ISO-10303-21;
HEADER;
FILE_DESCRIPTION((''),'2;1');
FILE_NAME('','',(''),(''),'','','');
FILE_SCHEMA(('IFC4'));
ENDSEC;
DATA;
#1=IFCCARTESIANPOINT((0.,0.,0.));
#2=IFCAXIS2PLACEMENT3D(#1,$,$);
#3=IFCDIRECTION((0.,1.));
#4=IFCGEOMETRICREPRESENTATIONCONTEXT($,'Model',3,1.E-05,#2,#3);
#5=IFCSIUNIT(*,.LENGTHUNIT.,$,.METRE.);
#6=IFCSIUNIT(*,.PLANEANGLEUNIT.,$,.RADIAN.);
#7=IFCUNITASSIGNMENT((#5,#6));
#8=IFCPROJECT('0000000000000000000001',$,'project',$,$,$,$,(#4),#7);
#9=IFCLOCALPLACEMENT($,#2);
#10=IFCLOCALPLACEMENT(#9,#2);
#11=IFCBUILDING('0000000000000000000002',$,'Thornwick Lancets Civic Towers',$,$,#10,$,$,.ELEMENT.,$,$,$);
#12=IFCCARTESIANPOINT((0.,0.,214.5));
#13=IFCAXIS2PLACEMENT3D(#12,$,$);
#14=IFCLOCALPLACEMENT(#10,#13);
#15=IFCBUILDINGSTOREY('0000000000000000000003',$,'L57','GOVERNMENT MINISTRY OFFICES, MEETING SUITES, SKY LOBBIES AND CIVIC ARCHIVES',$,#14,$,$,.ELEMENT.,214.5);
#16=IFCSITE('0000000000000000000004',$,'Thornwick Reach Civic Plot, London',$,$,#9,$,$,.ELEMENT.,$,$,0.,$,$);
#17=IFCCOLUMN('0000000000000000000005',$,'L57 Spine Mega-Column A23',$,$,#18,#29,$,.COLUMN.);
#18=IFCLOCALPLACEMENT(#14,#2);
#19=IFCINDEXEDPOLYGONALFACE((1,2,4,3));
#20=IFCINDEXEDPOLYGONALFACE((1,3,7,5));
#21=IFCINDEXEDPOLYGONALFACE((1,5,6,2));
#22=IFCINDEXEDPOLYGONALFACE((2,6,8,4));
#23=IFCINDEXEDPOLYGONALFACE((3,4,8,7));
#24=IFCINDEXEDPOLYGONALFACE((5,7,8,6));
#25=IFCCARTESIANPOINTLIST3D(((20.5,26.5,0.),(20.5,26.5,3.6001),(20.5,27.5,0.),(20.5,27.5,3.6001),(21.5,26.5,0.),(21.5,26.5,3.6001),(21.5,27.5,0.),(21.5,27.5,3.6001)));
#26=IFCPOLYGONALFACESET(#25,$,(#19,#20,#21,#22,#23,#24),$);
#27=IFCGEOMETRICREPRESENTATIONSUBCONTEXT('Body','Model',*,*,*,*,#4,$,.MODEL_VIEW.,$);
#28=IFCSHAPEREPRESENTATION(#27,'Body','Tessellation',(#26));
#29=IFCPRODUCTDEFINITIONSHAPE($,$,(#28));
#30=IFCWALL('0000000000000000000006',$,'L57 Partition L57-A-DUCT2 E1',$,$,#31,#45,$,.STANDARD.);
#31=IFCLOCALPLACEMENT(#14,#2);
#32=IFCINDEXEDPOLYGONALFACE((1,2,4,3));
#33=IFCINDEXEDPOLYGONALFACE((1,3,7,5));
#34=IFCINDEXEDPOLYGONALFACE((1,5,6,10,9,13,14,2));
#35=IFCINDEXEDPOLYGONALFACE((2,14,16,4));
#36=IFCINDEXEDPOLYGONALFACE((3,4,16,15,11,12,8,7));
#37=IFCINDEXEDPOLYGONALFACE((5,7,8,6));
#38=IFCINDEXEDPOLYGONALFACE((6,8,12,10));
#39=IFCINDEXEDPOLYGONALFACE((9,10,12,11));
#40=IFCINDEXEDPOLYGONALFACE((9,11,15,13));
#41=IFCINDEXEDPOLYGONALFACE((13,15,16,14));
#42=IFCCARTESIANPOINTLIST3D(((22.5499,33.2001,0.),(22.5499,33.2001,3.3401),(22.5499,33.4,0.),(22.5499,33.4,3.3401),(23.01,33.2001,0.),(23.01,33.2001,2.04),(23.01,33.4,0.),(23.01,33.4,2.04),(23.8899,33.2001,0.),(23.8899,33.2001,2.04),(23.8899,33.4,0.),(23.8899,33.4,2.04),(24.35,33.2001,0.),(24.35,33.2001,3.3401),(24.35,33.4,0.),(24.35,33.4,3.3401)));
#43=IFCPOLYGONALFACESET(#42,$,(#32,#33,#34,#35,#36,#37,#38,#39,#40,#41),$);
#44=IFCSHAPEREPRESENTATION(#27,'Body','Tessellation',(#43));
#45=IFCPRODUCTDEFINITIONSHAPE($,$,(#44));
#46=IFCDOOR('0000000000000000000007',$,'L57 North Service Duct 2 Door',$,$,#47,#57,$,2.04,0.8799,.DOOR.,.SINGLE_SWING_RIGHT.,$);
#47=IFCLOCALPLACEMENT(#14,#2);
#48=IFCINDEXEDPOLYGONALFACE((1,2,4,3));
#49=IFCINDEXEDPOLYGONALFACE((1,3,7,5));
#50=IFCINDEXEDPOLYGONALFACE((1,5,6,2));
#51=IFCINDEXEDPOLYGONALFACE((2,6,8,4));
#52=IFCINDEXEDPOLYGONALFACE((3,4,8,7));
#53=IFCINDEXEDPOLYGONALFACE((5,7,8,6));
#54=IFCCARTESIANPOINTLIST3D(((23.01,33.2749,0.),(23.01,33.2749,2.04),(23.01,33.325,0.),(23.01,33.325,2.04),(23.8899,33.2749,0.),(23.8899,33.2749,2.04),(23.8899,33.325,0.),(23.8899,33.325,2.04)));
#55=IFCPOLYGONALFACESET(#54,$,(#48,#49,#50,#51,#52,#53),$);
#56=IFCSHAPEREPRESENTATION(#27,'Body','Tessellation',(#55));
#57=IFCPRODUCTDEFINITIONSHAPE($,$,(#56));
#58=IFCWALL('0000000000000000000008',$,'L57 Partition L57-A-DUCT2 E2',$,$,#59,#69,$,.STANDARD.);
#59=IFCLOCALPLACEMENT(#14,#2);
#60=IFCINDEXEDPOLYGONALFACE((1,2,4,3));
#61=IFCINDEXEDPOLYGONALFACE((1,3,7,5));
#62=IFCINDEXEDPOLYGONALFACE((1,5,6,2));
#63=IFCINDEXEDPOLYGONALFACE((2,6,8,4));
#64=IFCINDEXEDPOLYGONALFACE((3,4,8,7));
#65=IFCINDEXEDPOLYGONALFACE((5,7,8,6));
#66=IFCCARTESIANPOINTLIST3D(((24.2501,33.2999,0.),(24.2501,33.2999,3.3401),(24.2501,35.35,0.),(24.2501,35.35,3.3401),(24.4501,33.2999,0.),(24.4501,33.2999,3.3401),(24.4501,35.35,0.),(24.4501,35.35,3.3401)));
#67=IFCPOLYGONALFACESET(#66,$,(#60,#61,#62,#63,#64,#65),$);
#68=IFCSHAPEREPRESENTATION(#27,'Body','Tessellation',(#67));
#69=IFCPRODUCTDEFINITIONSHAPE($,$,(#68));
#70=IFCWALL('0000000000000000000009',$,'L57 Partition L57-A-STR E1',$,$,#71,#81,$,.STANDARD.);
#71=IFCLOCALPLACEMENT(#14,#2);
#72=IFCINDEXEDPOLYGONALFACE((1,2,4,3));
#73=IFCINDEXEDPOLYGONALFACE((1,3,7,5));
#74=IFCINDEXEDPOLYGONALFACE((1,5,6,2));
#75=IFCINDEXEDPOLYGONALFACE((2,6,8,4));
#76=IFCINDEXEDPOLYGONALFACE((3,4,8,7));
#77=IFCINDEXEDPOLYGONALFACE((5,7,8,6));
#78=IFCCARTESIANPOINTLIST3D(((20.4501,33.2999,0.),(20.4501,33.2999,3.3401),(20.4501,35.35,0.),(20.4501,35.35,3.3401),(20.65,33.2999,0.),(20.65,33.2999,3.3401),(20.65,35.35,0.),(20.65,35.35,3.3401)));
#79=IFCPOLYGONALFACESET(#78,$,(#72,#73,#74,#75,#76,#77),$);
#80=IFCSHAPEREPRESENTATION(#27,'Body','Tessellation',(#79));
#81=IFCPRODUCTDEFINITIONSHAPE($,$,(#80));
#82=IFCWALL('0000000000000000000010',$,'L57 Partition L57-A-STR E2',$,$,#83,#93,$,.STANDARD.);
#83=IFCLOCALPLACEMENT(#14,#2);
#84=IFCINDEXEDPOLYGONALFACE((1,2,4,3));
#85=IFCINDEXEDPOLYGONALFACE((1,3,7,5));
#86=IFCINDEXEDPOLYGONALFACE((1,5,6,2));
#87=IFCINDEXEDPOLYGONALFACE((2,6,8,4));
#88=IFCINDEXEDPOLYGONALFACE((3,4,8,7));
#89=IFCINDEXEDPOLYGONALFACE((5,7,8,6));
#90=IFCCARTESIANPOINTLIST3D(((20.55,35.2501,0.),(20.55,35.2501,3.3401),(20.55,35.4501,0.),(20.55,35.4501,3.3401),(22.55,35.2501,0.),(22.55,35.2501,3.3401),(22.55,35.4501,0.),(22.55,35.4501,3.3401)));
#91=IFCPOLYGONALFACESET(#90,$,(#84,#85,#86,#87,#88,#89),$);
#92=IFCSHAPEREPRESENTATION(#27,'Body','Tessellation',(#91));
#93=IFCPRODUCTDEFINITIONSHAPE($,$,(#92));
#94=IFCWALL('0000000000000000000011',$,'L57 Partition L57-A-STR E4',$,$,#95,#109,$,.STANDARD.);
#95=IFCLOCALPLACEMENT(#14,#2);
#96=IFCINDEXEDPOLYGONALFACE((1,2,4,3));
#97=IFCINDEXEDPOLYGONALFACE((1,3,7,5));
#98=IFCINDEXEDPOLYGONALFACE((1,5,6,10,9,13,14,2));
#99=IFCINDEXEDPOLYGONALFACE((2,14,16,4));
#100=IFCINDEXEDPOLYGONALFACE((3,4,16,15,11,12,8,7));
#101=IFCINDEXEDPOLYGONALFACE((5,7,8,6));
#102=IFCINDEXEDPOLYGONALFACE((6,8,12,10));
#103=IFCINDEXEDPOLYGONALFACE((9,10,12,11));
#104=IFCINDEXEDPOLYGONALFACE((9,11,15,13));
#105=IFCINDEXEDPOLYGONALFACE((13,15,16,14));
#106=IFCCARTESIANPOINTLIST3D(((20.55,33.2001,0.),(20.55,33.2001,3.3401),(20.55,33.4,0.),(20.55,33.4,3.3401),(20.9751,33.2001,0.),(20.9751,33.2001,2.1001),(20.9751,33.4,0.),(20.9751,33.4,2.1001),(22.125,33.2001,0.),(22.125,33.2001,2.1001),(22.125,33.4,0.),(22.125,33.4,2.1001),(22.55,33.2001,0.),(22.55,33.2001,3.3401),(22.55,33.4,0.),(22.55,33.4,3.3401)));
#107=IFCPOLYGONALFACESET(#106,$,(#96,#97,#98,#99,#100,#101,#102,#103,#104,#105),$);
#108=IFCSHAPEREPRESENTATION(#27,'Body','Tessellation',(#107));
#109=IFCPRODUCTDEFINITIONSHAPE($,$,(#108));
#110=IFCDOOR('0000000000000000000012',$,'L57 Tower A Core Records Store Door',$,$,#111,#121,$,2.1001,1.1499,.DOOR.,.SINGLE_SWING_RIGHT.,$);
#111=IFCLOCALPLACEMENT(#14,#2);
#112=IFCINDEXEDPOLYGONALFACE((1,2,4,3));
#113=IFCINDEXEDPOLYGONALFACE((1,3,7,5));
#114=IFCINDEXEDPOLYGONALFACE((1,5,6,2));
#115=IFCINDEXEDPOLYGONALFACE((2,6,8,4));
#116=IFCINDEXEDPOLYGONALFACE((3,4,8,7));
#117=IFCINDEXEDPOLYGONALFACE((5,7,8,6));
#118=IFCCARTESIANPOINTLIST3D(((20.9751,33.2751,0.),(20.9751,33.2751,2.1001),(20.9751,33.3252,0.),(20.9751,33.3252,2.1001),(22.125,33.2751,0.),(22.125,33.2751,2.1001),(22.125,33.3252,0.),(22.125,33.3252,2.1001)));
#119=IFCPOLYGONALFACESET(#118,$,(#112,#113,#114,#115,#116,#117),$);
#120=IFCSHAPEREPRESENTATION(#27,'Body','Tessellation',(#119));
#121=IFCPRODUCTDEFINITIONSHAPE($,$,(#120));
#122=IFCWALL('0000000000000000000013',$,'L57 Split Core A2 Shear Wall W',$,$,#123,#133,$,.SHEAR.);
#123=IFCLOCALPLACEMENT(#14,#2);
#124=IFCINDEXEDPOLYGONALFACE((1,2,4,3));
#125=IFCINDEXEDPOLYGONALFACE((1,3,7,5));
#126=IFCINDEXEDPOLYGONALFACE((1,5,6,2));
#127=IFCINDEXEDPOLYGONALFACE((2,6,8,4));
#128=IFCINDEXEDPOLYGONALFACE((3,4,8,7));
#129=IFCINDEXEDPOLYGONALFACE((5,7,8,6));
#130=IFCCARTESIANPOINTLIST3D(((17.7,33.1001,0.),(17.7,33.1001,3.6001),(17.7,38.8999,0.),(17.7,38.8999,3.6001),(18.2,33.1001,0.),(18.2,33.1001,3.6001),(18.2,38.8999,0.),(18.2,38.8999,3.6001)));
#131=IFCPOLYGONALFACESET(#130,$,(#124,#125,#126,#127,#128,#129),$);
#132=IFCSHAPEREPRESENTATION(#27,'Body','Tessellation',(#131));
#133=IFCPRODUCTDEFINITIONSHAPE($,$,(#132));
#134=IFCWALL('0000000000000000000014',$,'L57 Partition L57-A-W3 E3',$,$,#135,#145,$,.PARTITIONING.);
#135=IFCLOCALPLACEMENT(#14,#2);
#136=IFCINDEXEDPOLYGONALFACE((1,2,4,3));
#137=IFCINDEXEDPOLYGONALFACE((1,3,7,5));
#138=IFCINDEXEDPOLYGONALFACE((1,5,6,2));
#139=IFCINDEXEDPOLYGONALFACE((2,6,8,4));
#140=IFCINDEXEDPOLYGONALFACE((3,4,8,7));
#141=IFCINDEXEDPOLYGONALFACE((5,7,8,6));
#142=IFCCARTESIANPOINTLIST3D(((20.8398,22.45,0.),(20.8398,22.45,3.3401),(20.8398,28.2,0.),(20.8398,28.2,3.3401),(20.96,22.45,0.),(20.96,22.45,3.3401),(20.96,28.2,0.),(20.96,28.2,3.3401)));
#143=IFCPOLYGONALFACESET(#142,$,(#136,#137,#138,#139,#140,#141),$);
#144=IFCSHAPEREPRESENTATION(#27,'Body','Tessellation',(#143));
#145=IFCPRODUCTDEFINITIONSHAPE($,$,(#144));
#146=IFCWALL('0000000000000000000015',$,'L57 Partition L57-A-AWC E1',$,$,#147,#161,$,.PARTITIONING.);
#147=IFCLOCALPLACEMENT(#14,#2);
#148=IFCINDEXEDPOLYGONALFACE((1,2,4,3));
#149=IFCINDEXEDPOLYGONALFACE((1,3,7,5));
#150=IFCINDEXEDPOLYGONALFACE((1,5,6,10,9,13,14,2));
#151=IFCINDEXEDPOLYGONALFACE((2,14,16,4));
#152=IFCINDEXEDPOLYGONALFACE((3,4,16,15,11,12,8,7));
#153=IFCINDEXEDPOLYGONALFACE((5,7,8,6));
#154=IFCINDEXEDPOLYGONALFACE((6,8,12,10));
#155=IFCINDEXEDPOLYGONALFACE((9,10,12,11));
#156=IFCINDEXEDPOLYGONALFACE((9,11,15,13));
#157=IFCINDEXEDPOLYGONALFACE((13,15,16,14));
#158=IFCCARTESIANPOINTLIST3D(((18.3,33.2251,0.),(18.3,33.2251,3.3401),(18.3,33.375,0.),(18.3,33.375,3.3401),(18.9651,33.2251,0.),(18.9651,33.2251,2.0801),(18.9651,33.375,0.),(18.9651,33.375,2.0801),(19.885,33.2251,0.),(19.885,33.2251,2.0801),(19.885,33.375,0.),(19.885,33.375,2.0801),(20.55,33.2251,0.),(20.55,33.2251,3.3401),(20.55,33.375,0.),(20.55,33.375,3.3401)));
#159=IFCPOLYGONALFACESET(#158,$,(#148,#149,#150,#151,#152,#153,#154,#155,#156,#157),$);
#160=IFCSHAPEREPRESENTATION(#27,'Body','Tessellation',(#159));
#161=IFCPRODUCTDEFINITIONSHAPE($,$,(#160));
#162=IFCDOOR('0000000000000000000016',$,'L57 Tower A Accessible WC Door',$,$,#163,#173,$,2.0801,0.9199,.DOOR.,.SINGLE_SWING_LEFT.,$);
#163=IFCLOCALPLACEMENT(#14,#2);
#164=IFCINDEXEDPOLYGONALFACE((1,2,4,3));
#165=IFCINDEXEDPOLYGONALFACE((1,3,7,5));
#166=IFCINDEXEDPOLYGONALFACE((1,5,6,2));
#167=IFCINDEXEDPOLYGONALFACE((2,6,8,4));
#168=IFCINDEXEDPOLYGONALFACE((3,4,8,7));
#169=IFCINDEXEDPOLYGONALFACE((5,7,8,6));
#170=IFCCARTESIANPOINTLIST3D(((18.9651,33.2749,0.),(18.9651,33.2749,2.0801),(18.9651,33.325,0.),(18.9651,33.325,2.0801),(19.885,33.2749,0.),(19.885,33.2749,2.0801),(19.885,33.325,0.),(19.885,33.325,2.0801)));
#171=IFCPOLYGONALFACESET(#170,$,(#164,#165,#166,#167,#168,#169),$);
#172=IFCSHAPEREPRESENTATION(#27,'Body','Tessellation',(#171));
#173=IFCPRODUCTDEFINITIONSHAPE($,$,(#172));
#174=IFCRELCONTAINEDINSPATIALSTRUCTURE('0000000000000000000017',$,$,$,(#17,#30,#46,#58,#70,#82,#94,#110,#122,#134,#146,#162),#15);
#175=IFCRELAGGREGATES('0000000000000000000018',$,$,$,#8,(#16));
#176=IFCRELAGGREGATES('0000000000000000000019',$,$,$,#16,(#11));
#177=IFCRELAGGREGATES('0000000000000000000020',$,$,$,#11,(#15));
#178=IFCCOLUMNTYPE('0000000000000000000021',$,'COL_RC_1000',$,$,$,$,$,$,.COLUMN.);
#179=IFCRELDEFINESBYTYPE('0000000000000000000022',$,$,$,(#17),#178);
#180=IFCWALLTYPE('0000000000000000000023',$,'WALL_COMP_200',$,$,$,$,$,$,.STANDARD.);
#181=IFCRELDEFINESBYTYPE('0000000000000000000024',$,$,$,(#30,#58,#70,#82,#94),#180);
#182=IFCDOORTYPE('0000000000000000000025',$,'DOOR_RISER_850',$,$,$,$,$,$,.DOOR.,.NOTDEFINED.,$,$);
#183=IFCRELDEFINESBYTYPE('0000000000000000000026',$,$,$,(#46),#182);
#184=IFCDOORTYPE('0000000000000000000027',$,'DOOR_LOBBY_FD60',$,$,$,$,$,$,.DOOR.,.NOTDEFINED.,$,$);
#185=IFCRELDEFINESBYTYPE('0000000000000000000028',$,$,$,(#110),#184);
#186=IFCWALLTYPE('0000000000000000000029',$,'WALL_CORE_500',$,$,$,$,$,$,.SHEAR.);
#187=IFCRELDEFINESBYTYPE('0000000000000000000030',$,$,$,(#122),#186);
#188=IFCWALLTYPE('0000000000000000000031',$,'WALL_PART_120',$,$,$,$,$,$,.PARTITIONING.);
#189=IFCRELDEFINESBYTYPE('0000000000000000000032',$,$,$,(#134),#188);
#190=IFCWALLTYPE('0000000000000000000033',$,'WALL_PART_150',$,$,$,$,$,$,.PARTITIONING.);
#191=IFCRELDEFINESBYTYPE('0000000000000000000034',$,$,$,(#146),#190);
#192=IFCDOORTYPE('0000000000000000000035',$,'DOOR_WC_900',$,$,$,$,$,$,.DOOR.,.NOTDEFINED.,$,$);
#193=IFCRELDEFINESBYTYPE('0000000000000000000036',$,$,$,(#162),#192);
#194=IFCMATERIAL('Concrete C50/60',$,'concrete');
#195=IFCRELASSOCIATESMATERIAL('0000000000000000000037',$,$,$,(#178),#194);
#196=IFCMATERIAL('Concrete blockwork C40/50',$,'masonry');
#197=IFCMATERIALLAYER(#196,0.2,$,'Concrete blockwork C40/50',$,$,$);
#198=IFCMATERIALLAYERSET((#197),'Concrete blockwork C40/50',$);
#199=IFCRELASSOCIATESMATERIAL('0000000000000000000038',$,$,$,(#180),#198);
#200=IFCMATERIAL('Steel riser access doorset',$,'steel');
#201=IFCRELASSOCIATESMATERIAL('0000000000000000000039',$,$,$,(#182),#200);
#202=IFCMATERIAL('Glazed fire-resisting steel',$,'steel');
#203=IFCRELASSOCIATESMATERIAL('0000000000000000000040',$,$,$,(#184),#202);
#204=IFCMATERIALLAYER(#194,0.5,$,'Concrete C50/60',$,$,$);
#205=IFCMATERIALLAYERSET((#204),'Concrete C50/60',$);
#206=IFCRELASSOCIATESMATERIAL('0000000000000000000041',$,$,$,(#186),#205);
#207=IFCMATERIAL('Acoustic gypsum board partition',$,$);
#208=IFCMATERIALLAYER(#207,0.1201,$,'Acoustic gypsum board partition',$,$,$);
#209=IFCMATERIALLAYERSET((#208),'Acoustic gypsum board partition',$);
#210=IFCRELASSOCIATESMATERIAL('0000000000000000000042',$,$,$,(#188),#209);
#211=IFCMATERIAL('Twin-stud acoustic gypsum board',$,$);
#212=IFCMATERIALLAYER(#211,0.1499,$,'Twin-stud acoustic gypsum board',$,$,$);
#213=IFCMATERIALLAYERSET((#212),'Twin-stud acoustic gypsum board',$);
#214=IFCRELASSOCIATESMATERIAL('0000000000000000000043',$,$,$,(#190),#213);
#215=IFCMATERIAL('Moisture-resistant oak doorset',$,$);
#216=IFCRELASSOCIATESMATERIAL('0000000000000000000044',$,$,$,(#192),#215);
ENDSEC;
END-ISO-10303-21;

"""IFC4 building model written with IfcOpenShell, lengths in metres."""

from ifc_helpers import new_model, si_unit, direction, frame, frame_2d, origin, origin_2d, place, context, subcontext, project, spatial, rectangle, extrude, material, layer, layer_set, material_profile, profile_set, type_object, element, fill, save


model = new_model("IFC4")

# Units and contexts
model_context = context("Model", 3, precision=1e-05, world=origin(), true_north=direction((0.0, 1.0)))
body_context = subcontext(model_context, "Body", "Model", "MODEL_VIEW")
ifc_project = project(units=[si_unit("LENGTHUNIT", "METRE"), si_unit("PLANEANGLEUNIT", "RADIAN")], contexts=[model_context])

# Site, building, storey
site_placement = place(None, origin())
site = spatial("IfcSite", under=ifc_project, at=site_placement, Name="Thornwick Reach Civic Plot, London", CompositionType="ELEMENT", RefElevation=0.0)
building_placement = place(site_placement, origin())
building = spatial("IfcBuilding", under=site, at=building_placement, Name="Thornwick Lancets Civic Towers", CompositionType="ELEMENT")
storey_placement = place(building_placement, frame((0.0, 0.0, 214.5)))
storey = spatial("IfcBuildingStorey", under=building, at=storey_placement, Name="L57", Description="GOVERNMENT MINISTRY OFFICES, MEETING SUITES, SKY LOBBIES AND CIVIC ARCHIVES", CompositionType="ELEMENT", Elevation=214.5)

# Column
ifc_material_1 = material(Name="Concrete C50/60", Category="concrete")
ifc_material_profile = material_profile(ifc_material_1, rectangle(XDim=1.0, YDim=1.0, at=origin_2d()), Name="RC 1000x1000")
ifc_profile_set = profile_set([ifc_material_profile], Name="Concrete C50/60")
column_type = type_object("IfcColumnType", Name="COL_RC_1000", PredefinedType="COLUMN", material=ifc_profile_set)
column_placement = place(storey_placement, frame((21.0, 27.0, 0.0), z_axis=(0.0, 0.0, 1.0), x_axis=(1.0, 0.0, 0.0)))
element("IfcColumn", 1, at=column_placement, inside=storey, type_object=column_type, Name="L57 Spine Mega-Column A23", PredefinedType="COLUMN", context=body_context, shape_type="SweptSolid", body=[
    extrude(rectangle(XDim=1.0, YDim=1.0, at=origin_2d()), origin(), (0.0, 0.0, 1.0), 3.6001),
])

# Wall, opening, door
ifc_material_2 = material(Name="Concrete blockwork C40/50", Category="masonry")
ifc_layer_1 = layer(ifc_material_2, 0.2, Name="Concrete blockwork C40/50")
ifc_layer_set_1 = layer_set([ifc_layer_1], Name="Concrete blockwork C40/50")
wall_type_1 = type_object("IfcWallType", Name="WALL_COMP_200", PredefinedType="STANDARD", material=ifc_layer_set_1)
wall_1_placement = place(storey_placement, frame((22.55, 33.3, 0.0), z_axis=(0.0, 0.0, 1.0), x_axis=(1.0, 0.0, 0.0)))
wall_1 = element("IfcWall", 2, at=wall_1_placement, inside=storey, type_object=wall_type_1, Name="L57 Partition L57-A-DUCT2 E1", PredefinedType="STANDARD", context=body_context, shape_type="SweptSolid", body=[
    extrude(rectangle(XDim=1.8, YDim=0.2, at=frame_2d((0.8999, 0.0))), origin(), (0.0, 0.0, 1.0), 3.3401),
])
opening_1_placement = place(wall_1_placement, frame((0.46, 0.0, 0.0)))
opening_1 = element("IfcOpeningElement", 3, at=opening_1_placement, cuts=wall_1, PredefinedType="OPENING", context=body_context, shape_type="SweptSolid", body=[
    extrude(rectangle(XDim=0.8799, YDim=2.04, at=frame_2d((0.4399, 1.02))), frame((0.0, 0.1099, 0.0), z_axis=(0.0, -1.0, 0.0), x_axis=(1.0, 0.0, 0.0)), (0.0, 0.0, 1.0), 0.22),
])
ifc_material_3 = material(Name="Steel riser access doorset", Category="steel")
door_type_1 = type_object("IfcDoorType", Name="DOOR_RISER_850", OperationType="NOTDEFINED", PredefinedType="DOOR", material=ifc_material_3)
door_1_placement = place(opening_1_placement, origin())
door_1 = element("IfcDoor", 4, at=door_1_placement, inside=storey, type_object=door_type_1, Name="L57 North Service Duct 2 Door", OperationType="SINGLE_SWING_RIGHT", OverallHeight=2.04, OverallWidth=0.8799, PredefinedType="DOOR", context=body_context, shape_type="SweptSolid", body=[
    extrude(rectangle(XDim=0.8799, YDim=2.04, at=frame_2d((0.4399, 1.02))), frame((0.0, 0.0249, 0.0), z_axis=(0.0, -1.0, 0.0), x_axis=(1.0, 0.0, 0.0)), (0.0, 0.0, 1.0), 0.05),
])
fill(opening_1, door_1)

# Walls
for number, where, z_axis, x_axis, name in (
    (5, (24.3501, 33.3, 0.0), (0.0, 0.0, 1.0), (0.0, 1.0, 0.0), "L57 Partition L57-A-DUCT2 E2"),
    (6, (20.55, 33.3, 0.0), (0.0, 0.0, 1.0), (0.0, 1.0, 0.0), "L57 Partition L57-A-STR E1"),
):
    element("IfcWall", number, at=place(storey_placement, frame(where, z_axis=z_axis, x_axis=x_axis)), inside=storey, type_object=wall_type_1, Name=name, PredefinedType="STANDARD", context=body_context, shape_type="SweptSolid", body=[
        extrude(rectangle(XDim=2.05, YDim=0.2, at=frame_2d((1.0249, 0.0))), origin(), (0.0, 0.0, 1.0), 3.3401),
    ])
wall_2_placement = place(storey_placement, frame((20.55, 35.3501, 0.0), z_axis=(0.0, 0.0, 1.0), x_axis=(1.0, 0.0, 0.0)))
element("IfcWall", 7, at=wall_2_placement, inside=storey, type_object=wall_type_1, Name="L57 Partition L57-A-STR E2", PredefinedType="STANDARD", context=body_context, shape_type="SweptSolid", body=[
    extrude(rectangle(XDim=2.0, YDim=0.2, at=frame_2d((1.0, 0.0))), origin(), (0.0, 0.0, 1.0), 3.3401),
])

# Wall, opening, door
wall_3_placement = place(storey_placement, frame((22.55, 33.3, 0.0), z_axis=(0.0, 0.0, 1.0), x_axis=(-1.0, 0.0, 0.0)))
wall_3 = element("IfcWall", 8, at=wall_3_placement, inside=storey, type_object=wall_type_1, Name="L57 Partition L57-A-STR E4", PredefinedType="STANDARD", context=body_context, shape_type="SweptSolid", body=[
    extrude(rectangle(XDim=2.0, YDim=0.2, at=frame_2d((1.0, 0.0))), origin(), (0.0, 0.0, 1.0), 3.3401),
])
opening_2_placement = place(wall_3_placement, frame((0.425, 0.0, 0.0)))
opening_2 = element("IfcOpeningElement", 9, at=opening_2_placement, cuts=wall_3, PredefinedType="OPENING", context=body_context, shape_type="SweptSolid", body=[
    extrude(rectangle(XDim=1.1499, YDim=2.1001, at=frame_2d((0.575, 1.05))), frame((0.0, 0.1099, 0.0), z_axis=(0.0, -1.0, 0.0), x_axis=(1.0, 0.0, 0.0)), (0.0, 0.0, 1.0), 0.22),
])
ifc_material_4 = material(Name="Glazed fire-resisting steel", Category="steel")
door_type_2 = type_object("IfcDoorType", Name="DOOR_LOBBY_FD60", OperationType="NOTDEFINED", PredefinedType="DOOR", material=ifc_material_4)
door_2_placement = place(opening_2_placement, origin())
door_2 = element("IfcDoor", 10, at=door_2_placement, inside=storey, type_object=door_type_2, Name="L57 Tower A Core Records Store Door", OperationType="SINGLE_SWING_RIGHT", OverallHeight=2.1001, OverallWidth=1.1499, PredefinedType="DOOR", context=body_context, shape_type="SweptSolid", body=[
    extrude(rectangle(XDim=1.1499, YDim=2.1001, at=frame_2d((0.575, 1.05))), frame((0.0, 0.0249, 0.0), z_axis=(0.0, -1.0, 0.0), x_axis=(1.0, 0.0, 0.0)), (0.0, 0.0, 1.0), 0.05),
])
fill(opening_2, door_2)

# Walls
ifc_layer_2 = layer(ifc_material_1, 0.5, Name="Concrete C50/60")
ifc_layer_set_2 = layer_set([ifc_layer_2], Name="Concrete C50/60")
wall_type_2 = type_object("IfcWallType", Name="WALL_CORE_500", PredefinedType="SHEAR", material=ifc_layer_set_2)
wall_4_placement = place(storey_placement, frame((17.95, 33.1001, 0.0), z_axis=(0.0, 0.0, 1.0), x_axis=(0.0, 1.0, 0.0)))
element("IfcWall", 11, at=wall_4_placement, inside=storey, type_object=wall_type_2, Name="L57 Split Core A2 Shear Wall W", PredefinedType="SHEAR", context=body_context, shape_type="SweptSolid", body=[
    extrude(rectangle(XDim=5.7998, YDim=0.5, at=frame_2d((2.8999, 0.0))), origin(), (0.0, 0.0, 1.0), 3.6001),
])
ifc_material_5 = material(Name="Acoustic gypsum board partition")
ifc_layer_3 = layer(ifc_material_5, 0.1201, Name="Acoustic gypsum board partition")
ifc_layer_set_3 = layer_set([ifc_layer_3], Name="Acoustic gypsum board partition")
wall_type_3 = type_object("IfcWallType", Name="WALL_PART_120", PredefinedType="PARTITIONING", material=ifc_layer_set_3)
wall_5_placement = place(storey_placement, frame((20.8999, 28.2, 0.0), z_axis=(0.0, 0.0, 1.0), x_axis=(0.0, -1.0, 0.0)))
element("IfcWall", 12, at=wall_5_placement, inside=storey, type_object=wall_type_3, Name="L57 Partition L57-A-W3 E3", PredefinedType="PARTITIONING", context=body_context, shape_type="SweptSolid", body=[
    extrude(rectangle(XDim=5.75, YDim=0.1201, at=frame_2d((2.875, 0.0))), origin(), (0.0, 0.0, 1.0), 3.3401),
])

# Wall, opening, door
ifc_material_6 = material(Name="Twin-stud acoustic gypsum board")
ifc_layer_4 = layer(ifc_material_6, 0.1499, Name="Twin-stud acoustic gypsum board")
ifc_layer_set_4 = layer_set([ifc_layer_4], Name="Twin-stud acoustic gypsum board")
wall_type_4 = type_object("IfcWallType", Name="WALL_PART_150", PredefinedType="PARTITIONING", material=ifc_layer_set_4)
wall_6_placement = place(storey_placement, frame((18.3, 33.3, 0.0), z_axis=(0.0, 0.0, 1.0), x_axis=(1.0, 0.0, 0.0)))
wall_6 = element("IfcWall", 13, at=wall_6_placement, inside=storey, type_object=wall_type_4, Name="L57 Partition L57-A-AWC E1", PredefinedType="PARTITIONING", context=body_context, shape_type="SweptSolid", body=[
    extrude(rectangle(XDim=2.25, YDim=0.1499, at=frame_2d((1.125, 0.0))), origin(), (0.0, 0.0, 1.0), 3.3401),
])
opening_3_placement = place(wall_6_placement, frame((0.665, 0.0, 0.0)))
opening_3 = element("IfcOpeningElement", 14, at=opening_3_placement, cuts=wall_6, PredefinedType="OPENING", context=body_context, shape_type="SweptSolid", body=[
    extrude(rectangle(XDim=0.9199, YDim=2.0801, at=frame_2d((0.46, 1.04))), frame((0.0, 0.085, 0.0), z_axis=(0.0, -1.0, 0.0), x_axis=(1.0, 0.0, 0.0)), (0.0, 0.0, 1.0), 0.1699),
])
ifc_material_7 = material(Name="Moisture-resistant oak doorset")
door_type_3 = type_object("IfcDoorType", Name="DOOR_WC_900", OperationType="NOTDEFINED", PredefinedType="DOOR", material=ifc_material_7)
door_3_placement = place(opening_3_placement, origin())
door_3 = element("IfcDoor", 15, at=door_3_placement, inside=storey, type_object=door_type_3, Name="L57 Tower A Accessible WC Door", OperationType="SINGLE_SWING_LEFT", OverallHeight=2.0801, OverallWidth=0.9199, PredefinedType="DOOR", context=body_context, shape_type="SweptSolid", body=[
    extrude(rectangle(XDim=0.9199, YDim=2.0801, at=frame_2d((0.46, 1.04))), frame((0.0, 0.0249, 0.0), z_axis=(0.0, -1.0, 0.0), x_axis=(1.0, 0.0, 0.0)), (0.0, 0.0, 1.0), 0.05),
])
fill(opening_3, door_3)

save(model, "model.ifc")
